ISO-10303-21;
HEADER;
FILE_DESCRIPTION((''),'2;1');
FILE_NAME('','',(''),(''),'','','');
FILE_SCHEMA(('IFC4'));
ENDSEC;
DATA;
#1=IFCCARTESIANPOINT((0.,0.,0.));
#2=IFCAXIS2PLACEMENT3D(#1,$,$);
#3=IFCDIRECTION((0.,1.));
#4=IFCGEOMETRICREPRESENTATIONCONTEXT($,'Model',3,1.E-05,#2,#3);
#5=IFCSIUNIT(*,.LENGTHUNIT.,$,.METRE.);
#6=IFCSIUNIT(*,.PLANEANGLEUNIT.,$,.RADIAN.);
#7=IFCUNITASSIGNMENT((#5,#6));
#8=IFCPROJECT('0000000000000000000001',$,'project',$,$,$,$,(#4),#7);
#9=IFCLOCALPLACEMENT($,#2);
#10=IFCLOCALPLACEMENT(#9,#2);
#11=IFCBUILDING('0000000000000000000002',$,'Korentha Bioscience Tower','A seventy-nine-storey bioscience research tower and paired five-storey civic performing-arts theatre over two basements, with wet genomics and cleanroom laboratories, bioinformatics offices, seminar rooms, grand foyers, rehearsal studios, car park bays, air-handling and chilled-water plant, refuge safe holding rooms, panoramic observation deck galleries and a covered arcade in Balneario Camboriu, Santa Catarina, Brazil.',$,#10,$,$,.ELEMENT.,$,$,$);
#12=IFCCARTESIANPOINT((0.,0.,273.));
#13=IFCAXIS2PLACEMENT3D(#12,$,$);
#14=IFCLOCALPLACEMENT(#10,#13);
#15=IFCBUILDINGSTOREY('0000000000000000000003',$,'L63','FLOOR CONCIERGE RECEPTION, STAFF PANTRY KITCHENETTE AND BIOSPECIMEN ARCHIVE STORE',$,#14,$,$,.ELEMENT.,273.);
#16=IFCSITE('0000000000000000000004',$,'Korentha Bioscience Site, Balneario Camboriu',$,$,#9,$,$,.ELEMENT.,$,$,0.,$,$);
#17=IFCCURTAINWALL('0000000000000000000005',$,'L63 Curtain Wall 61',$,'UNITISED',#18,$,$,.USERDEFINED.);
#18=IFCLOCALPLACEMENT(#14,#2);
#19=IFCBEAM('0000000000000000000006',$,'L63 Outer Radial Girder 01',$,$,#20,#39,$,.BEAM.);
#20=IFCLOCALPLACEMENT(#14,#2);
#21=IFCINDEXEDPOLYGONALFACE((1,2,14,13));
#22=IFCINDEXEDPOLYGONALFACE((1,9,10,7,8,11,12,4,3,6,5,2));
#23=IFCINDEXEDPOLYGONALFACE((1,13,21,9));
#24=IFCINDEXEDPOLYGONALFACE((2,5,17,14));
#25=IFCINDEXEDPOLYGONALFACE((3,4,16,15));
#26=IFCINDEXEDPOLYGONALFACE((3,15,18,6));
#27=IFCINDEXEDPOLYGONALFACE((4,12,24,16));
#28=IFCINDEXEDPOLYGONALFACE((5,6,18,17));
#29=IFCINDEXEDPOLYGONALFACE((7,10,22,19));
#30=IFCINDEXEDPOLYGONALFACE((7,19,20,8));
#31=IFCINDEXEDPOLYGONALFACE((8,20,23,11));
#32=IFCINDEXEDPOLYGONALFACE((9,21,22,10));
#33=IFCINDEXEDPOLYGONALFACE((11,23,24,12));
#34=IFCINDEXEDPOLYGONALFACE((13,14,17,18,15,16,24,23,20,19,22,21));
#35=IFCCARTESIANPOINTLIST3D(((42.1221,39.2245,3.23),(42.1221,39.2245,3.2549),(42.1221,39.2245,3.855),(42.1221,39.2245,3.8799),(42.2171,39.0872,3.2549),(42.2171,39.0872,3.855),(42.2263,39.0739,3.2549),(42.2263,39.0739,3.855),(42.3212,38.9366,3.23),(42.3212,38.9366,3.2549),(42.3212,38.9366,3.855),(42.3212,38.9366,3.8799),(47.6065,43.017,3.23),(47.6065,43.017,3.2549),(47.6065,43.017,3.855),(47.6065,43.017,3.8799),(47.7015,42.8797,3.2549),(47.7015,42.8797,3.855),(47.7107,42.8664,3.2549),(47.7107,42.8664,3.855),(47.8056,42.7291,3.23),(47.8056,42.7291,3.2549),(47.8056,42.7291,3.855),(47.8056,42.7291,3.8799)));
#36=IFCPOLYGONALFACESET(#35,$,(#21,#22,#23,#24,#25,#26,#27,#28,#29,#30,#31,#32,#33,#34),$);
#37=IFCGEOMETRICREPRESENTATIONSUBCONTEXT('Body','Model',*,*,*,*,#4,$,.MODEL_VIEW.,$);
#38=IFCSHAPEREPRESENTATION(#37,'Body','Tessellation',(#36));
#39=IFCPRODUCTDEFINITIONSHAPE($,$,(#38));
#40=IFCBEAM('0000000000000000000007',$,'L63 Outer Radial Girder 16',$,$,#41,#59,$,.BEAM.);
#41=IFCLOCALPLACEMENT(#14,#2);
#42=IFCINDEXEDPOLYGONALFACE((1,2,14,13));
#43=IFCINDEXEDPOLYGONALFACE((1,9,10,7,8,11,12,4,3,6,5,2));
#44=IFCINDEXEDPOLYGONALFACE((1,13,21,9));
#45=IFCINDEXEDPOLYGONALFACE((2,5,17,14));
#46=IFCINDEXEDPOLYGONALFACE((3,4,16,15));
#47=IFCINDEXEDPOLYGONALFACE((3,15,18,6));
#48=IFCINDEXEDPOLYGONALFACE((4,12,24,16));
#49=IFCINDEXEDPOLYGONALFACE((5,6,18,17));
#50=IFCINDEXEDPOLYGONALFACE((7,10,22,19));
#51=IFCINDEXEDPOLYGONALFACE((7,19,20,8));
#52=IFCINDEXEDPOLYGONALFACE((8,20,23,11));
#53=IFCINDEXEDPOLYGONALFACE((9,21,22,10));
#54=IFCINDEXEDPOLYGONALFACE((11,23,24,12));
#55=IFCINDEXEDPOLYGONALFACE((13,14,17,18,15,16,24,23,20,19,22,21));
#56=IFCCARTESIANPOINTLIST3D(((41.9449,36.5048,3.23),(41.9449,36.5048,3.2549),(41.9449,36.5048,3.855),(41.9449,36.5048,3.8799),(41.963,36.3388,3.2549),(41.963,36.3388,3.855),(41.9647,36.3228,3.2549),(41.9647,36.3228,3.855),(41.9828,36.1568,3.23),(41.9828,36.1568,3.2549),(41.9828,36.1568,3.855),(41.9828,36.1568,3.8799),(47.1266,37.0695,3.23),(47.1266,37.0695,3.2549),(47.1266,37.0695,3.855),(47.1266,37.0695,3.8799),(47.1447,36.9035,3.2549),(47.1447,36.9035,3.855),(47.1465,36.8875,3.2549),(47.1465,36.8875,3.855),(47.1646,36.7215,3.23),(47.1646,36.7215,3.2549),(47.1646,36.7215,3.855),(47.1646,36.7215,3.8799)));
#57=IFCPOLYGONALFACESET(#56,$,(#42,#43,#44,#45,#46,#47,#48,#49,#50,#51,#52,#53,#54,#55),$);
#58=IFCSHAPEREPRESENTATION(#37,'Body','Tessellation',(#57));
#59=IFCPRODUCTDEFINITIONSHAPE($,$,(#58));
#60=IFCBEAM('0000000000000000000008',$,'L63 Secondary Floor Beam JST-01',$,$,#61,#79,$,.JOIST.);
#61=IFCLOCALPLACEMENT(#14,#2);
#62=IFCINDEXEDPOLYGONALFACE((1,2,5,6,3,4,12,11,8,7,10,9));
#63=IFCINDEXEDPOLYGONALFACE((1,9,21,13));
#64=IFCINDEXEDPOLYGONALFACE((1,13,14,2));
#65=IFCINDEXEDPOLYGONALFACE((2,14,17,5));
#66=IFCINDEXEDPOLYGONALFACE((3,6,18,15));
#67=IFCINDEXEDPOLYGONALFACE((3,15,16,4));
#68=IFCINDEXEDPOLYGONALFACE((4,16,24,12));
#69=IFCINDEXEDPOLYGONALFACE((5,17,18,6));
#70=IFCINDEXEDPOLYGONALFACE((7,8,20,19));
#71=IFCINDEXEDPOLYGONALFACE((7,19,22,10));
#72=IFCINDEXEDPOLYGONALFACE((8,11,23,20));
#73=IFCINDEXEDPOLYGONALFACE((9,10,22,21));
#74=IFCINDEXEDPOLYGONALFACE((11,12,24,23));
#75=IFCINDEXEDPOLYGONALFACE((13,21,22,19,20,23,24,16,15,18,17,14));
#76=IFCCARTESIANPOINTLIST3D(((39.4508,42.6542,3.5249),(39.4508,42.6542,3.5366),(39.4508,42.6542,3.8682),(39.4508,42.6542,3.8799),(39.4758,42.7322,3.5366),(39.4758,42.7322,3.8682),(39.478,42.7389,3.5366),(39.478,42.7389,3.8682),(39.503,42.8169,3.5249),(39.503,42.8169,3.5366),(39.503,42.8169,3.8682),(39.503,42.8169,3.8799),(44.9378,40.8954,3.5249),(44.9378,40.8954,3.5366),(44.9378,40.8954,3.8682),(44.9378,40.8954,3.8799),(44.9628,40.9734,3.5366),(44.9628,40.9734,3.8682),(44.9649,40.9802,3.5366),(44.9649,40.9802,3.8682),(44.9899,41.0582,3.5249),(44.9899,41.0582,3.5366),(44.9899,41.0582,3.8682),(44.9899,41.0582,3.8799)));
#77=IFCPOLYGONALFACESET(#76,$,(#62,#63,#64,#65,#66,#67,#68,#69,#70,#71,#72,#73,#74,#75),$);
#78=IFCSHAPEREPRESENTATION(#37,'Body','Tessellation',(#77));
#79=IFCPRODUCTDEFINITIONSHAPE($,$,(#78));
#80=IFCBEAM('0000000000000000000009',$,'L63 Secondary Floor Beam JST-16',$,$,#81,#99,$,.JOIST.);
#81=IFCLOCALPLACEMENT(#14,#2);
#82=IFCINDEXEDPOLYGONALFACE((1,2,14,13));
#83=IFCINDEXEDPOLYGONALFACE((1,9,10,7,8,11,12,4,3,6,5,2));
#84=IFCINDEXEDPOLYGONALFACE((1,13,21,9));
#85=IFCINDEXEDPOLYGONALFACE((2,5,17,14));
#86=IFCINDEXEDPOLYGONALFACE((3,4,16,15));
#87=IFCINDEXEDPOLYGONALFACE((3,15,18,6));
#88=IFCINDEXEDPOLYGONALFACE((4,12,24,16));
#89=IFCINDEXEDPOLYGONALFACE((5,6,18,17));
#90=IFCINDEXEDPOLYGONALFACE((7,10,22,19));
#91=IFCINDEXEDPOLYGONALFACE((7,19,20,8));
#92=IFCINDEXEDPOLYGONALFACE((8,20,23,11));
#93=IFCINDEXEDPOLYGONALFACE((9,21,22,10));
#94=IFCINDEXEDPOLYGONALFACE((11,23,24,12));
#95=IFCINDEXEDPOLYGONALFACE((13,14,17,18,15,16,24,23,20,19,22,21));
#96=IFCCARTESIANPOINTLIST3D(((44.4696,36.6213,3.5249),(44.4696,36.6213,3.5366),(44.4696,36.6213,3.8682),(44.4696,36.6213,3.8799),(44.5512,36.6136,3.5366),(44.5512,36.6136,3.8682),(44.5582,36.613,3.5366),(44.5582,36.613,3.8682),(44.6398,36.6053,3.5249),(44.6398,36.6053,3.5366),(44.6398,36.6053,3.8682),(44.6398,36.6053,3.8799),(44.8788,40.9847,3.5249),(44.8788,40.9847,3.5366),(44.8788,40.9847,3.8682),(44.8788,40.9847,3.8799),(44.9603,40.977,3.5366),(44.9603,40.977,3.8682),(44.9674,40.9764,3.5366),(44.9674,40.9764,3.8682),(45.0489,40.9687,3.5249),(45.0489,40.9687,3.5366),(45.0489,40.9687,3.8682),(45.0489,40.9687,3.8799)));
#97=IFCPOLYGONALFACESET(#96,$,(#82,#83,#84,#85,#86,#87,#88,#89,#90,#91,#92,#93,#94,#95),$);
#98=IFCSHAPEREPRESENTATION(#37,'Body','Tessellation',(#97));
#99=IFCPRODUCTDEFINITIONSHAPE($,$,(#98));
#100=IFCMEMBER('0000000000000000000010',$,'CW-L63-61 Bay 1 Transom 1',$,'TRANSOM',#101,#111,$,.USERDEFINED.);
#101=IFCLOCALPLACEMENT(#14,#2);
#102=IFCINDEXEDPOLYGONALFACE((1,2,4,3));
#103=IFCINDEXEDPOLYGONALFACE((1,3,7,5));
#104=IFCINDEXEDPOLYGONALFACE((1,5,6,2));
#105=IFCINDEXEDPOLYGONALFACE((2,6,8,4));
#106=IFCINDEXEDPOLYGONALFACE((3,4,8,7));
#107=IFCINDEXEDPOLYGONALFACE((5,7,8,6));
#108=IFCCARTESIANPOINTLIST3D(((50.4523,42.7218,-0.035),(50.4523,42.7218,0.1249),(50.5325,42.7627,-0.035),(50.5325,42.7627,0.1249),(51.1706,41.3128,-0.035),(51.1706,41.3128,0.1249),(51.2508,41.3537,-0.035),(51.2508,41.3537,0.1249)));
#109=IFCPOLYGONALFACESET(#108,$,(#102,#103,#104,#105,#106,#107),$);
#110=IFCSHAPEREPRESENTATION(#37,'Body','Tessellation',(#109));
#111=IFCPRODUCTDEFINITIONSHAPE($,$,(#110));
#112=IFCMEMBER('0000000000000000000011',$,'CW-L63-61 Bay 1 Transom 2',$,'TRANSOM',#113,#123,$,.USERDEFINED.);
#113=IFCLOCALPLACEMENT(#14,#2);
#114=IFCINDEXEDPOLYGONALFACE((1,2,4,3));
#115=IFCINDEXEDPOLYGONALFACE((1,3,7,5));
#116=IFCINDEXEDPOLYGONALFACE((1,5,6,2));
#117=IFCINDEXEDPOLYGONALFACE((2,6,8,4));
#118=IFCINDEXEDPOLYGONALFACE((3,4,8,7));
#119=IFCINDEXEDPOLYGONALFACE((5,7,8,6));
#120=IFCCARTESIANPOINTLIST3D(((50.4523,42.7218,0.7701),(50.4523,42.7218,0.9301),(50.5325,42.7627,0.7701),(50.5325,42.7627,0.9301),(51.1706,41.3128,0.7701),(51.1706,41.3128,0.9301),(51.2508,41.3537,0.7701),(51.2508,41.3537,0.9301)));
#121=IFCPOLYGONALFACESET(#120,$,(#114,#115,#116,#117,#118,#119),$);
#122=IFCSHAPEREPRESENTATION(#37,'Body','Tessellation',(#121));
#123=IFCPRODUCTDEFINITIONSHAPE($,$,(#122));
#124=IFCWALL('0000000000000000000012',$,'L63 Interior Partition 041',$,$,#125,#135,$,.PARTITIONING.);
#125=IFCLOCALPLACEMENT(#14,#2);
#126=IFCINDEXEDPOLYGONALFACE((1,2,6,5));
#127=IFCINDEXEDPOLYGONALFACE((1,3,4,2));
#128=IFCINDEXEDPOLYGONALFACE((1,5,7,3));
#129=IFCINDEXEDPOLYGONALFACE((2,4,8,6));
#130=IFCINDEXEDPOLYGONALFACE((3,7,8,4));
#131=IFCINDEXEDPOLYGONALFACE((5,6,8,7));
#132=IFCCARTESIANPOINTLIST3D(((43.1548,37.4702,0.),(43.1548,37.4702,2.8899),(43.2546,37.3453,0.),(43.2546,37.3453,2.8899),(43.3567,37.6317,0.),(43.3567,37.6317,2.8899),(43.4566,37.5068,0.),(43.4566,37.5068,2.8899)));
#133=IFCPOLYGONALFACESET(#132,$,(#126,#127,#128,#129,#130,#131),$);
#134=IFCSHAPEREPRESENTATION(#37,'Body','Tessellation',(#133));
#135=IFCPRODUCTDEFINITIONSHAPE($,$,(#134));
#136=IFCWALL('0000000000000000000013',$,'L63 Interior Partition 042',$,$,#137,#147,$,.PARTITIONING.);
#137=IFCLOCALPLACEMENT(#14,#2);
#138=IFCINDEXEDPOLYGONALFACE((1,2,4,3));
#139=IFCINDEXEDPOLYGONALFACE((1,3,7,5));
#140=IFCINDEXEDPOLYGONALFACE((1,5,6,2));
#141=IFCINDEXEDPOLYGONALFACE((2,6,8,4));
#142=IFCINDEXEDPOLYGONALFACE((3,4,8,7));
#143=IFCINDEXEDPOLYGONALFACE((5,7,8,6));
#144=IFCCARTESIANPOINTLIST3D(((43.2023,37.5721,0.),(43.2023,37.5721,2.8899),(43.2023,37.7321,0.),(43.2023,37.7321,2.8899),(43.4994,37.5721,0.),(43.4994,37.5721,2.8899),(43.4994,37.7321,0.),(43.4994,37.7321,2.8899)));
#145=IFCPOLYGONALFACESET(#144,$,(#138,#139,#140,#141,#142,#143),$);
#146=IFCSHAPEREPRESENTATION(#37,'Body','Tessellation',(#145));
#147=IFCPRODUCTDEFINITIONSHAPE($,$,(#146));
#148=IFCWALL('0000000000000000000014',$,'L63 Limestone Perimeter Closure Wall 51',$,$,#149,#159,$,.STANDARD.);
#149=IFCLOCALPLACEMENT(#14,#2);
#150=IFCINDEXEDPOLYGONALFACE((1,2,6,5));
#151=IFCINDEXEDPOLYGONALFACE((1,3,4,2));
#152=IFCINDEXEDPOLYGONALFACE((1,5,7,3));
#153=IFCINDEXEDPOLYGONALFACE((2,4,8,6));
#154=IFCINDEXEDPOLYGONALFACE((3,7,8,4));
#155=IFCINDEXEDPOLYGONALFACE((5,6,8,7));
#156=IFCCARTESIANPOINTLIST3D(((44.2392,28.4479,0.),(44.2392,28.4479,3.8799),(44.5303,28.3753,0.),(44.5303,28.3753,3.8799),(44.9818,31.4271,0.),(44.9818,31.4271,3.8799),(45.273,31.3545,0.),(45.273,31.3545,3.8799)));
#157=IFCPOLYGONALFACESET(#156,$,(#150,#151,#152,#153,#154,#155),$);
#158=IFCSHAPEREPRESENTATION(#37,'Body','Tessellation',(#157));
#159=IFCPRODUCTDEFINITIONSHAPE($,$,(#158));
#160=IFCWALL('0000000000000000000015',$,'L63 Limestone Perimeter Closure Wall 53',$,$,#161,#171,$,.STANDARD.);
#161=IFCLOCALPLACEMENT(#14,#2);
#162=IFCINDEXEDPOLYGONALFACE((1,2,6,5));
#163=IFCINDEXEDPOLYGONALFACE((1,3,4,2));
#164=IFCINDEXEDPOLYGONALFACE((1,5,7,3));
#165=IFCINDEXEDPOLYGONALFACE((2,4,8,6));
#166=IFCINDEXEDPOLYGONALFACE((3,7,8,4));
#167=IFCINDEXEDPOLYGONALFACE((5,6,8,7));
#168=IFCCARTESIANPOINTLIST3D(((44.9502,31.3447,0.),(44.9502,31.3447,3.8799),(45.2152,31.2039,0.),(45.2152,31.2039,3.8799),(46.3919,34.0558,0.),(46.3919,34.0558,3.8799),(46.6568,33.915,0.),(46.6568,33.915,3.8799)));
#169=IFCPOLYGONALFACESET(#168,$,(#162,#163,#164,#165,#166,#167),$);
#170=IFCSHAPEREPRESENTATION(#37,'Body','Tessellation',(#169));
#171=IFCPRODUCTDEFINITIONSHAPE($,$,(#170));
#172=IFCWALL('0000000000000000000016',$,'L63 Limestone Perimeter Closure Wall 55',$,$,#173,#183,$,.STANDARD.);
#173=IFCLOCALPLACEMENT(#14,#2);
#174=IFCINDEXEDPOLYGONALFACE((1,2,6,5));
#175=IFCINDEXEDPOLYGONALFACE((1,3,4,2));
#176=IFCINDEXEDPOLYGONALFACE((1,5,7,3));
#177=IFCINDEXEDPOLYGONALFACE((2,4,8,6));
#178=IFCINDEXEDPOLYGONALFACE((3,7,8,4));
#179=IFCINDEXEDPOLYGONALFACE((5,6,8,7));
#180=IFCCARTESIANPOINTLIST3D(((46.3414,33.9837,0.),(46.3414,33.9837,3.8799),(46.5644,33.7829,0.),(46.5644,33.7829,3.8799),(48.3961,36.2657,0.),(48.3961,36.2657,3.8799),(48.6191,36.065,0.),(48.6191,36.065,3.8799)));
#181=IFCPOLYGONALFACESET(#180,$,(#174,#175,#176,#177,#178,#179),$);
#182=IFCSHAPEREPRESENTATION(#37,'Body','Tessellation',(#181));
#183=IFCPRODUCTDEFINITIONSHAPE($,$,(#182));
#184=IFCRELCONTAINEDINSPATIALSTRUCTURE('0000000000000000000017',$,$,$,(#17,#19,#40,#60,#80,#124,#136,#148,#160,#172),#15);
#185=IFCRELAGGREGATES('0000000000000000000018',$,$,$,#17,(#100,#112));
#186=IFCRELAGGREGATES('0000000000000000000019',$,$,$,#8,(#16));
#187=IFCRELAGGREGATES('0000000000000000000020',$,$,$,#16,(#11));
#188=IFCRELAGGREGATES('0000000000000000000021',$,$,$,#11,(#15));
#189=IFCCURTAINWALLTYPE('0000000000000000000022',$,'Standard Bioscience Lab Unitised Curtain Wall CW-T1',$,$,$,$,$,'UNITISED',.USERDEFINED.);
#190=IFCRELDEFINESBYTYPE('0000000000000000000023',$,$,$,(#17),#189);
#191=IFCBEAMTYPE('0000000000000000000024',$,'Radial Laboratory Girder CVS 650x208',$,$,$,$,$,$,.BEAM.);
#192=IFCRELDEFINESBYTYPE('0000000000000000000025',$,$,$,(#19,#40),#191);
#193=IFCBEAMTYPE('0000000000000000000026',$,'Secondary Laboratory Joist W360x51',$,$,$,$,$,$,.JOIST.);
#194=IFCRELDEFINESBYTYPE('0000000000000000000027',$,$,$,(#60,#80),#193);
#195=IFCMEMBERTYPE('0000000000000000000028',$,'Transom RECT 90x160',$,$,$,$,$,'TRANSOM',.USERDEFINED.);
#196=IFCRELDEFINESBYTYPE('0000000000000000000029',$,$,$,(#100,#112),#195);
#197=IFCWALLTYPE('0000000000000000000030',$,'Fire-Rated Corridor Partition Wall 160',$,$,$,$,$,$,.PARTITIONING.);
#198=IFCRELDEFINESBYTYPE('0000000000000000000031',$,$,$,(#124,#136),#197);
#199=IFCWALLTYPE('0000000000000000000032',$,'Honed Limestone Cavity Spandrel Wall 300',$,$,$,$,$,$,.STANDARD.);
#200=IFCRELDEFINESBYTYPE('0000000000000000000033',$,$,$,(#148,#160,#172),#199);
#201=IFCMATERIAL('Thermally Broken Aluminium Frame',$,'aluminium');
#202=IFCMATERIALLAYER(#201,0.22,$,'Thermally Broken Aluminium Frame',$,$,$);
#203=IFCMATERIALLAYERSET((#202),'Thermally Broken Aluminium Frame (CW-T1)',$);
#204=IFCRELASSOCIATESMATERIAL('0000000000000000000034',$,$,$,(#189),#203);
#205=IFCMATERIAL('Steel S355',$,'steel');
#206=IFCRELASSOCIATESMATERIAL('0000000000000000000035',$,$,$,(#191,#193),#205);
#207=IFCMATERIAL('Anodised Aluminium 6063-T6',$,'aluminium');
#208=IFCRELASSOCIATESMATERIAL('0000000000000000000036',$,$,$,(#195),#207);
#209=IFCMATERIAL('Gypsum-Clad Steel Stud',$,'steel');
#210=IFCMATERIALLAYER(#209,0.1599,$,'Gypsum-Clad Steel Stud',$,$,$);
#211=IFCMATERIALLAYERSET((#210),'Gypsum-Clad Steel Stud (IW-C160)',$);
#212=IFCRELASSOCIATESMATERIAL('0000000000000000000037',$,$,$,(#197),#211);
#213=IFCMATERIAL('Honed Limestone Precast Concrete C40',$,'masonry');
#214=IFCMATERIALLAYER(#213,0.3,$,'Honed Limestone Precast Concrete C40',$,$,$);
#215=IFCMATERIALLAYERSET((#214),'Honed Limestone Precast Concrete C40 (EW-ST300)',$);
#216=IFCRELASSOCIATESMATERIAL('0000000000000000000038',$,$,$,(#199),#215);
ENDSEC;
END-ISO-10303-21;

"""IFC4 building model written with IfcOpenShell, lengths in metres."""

from ifc_helpers import new_model, si_unit, direction, frame, frame_2d, origin, origin_2d, place, context, subcontext, project, spatial, rectangle, i_section, extrude, material, layer, layer_set, material_profile, profile_set, type_object, element, aggregate, save


model = new_model("IFC4")

# Units and contexts
model_context = context("Model", 3, precision=1e-05, world=origin(), true_north=direction((0.0, 1.0)))
body_context = subcontext(model_context, "Body", "Model", "MODEL_VIEW")
ifc_project = project(units=[si_unit("LENGTHUNIT", "METRE"), si_unit("PLANEANGLEUNIT", "RADIAN")], contexts=[model_context])

# Site, building, storey
site_placement = place(None, origin())
site = spatial("IfcSite", under=ifc_project, at=site_placement, Name="Korentha Bioscience Site, Balneario Camboriu", CompositionType="ELEMENT", RefElevation=0.0)
building_placement = place(site_placement, origin())
building = spatial("IfcBuilding", under=site, at=building_placement, Name="Korentha Bioscience Tower", Description="A seventy-nine-storey bioscience research tower and paired five-storey civic performing-arts theatre over two basements, with wet genomics and cleanroom laboratories, bioinformatics offices, seminar rooms, grand foyers, rehearsal studios, car park bays, air-handling and chilled-water plant, refuge safe holding rooms, panoramic observation deck galleries and a covered arcade in Balneario Camboriu, Santa Catarina, Brazil.", CompositionType="ELEMENT")
storey_placement = place(building_placement, frame((0.0, 0.0, 273.0)))
storey = spatial("IfcBuildingStorey", under=building, at=storey_placement, Name="L63", Description="FLOOR CONCIERGE RECEPTION, STAFF PANTRY KITCHENETTE AND BIOSPECIMEN ARCHIVE STORE", CompositionType="ELEMENT", Elevation=273.0)

# Shared definitions
ifc_material_1 = material(Name="Steel S355", Category="steel")

# Curtain wall
ifc_material_2 = material(Name="Thermally Broken Aluminium Frame", Category="aluminium")
ifc_layer_1 = layer(ifc_material_2, 0.22, Name="Thermally Broken Aluminium Frame")
ifc_layer_set_1 = layer_set([ifc_layer_1], Name="Thermally Broken Aluminium Frame (CW-T1)")
curtain_wall_type = type_object("IfcCurtainWallType", Name="Standard Bioscience Lab Unitised Curtain Wall CW-T1", ElementType="UNITISED", PredefinedType="USERDEFINED", material=ifc_layer_set_1)
curtain_wall_placement = place(storey_placement, origin())
curtain_wall = element("IfcCurtainWall", 1, at=curtain_wall_placement, inside=storey, type_object=curtain_wall_type, Name="L63 Curtain Wall 61", ObjectType="UNITISED", PredefinedType="USERDEFINED")
ifc_material_3 = material(Name="Anodised Aluminium 6063-T6", Category="aluminium")

# Beams
ifc_material_profile_1 = material_profile(ifc_material_1, i_section(OverallWidth=0.3501, OverallDepth=0.6499, WebThickness=0.0161, FlangeThickness=0.0249, at=origin_2d()), Name="Steel S355")
ifc_profile_set_1 = profile_set([ifc_material_profile_1], Name="Steel S355 (RB-650)")
beam_type_1 = type_object("IfcBeamType", Name="Radial Laboratory Girder CVS 650x208", PredefinedType="BEAM", material=ifc_profile_set_1)
beam_1_placement = place(storey_placement, frame((42.2217, 39.0806, 3.5549), z_axis=(0.822501, 0.568764, 0.0), x_axis=(-0.568764, 0.822501, 0.0)))
element("IfcBeam", 2, at=beam_1_placement, inside=storey, type_object=beam_type_1, Name="L63 Outer Radial Girder 01", PredefinedType="BEAM", context=body_context, shape_type="SweptSolid", body=[
    extrude(i_section(OverallWidth=0.3501, OverallDepth=0.6499, WebThickness=0.0161, FlangeThickness=0.0249, at=origin_2d()), origin(), (0.0, 0.0, 1.0), 6.668),
])
beam_2_placement = place(storey_placement, frame((41.9639, 36.3308, 3.5549), z_axis=(0.994114, 0.108339, 0.0), x_axis=(-0.108339, 0.994114, 0.0)))
element("IfcBeam", 3, at=beam_2_placement, inside=storey, type_object=beam_type_1, Name="L63 Outer Radial Girder 16", PredefinedType="BEAM", context=body_context, shape_type="SweptSolid", body=[
    extrude(i_section(OverallWidth=0.3501, OverallDepth=0.6499, WebThickness=0.0161, FlangeThickness=0.0249, at=origin_2d()), origin(), (0.0, 0.0, 1.0), 5.2124),
])
ifc_material_profile_2 = material_profile(ifc_material_1, i_section(OverallWidth=0.1709, OverallDepth=0.355, WebThickness=0.0071, FlangeThickness=0.0117, at=origin_2d()), Name="Steel S355")
ifc_profile_set_2 = profile_set([ifc_material_profile_2], Name="Steel S355 (JB-360)")
beam_type_2 = type_object("IfcBeamType", Name="Secondary Laboratory Joist W360x51", PredefinedType="JOIST", material=ifc_profile_set_2)
beam_3_placement = place(storey_placement, frame((44.9639, 40.9768, 3.7024), z_axis=(-0.952276, 0.305237, 0.0), x_axis=(-0.305237, -0.952276, 0.0)))
element("IfcBeam", 4, at=beam_3_placement, inside=storey, type_object=beam_type_2, Name="L63 Secondary Floor Beam JST-01", PredefinedType="JOIST", context=body_context, shape_type="SweptSolid", body=[
    extrude(i_section(OverallWidth=0.1709, OverallDepth=0.355, WebThickness=0.0071, FlangeThickness=0.0117, at=origin_2d()), origin(), (0.0, 0.0, 1.0), 5.762),
])
beam_4_placement = place(storey_placement, frame((44.5547, 36.6133, 3.7024), z_axis=(0.093363, 0.995632, 0.0), x_axis=(-0.995632, 0.093363, 0.0)))
element("IfcBeam", 5, at=beam_4_placement, inside=storey, type_object=beam_type_2, Name="L63 Secondary Floor Beam JST-16", PredefinedType="JOIST", context=body_context, shape_type="SweptSolid", body=[
    extrude(i_section(OverallWidth=0.1709, OverallDepth=0.355, WebThickness=0.0071, FlangeThickness=0.0117, at=origin_2d()), origin(), (0.0, 0.0, 1.0), 4.3826),
])

# Members
ifc_material_profile_3 = material_profile(ifc_material_3, rectangle(XDim=0.0901, YDim=0.1599, at=origin_2d()), Name="Anodised Aluminium 6063-T6")
ifc_profile_set_3 = profile_set([ifc_material_profile_3], Name="Anodised Aluminium 6063-T6 (CW-TRN)")
member_type_1 = type_object("IfcMemberType", Name="Transom RECT 90x160", ElementType="TRANSOM", PredefinedType="USERDEFINED", material=ifc_profile_set_3)
member_1_placement = place(storey_placement, frame((51.2107, 41.3333, 0.0449), z_axis=(-0.454178, 0.890911, 0.0), x_axis=(-0.890911, -0.454178, 0.0)))
member_1 = element("IfcMember", 6, at=member_1_placement, type_object=member_type_1, Name="CW-L63-61 Bay 1 Transom 1", ObjectType="TRANSOM", PredefinedType="USERDEFINED", context=body_context, shape_type="SweptSolid", body=[
    extrude(rectangle(XDim=0.0901, YDim=0.1599, at=origin_2d()), origin(), (0.0, 0.0, 1.0), 1.5815),
])
member_2_placement = place(storey_placement, frame((51.2107, 41.3333, 0.8501), z_axis=(-0.454178, 0.890911, 0.0), x_axis=(-0.890911, -0.454178, 0.0)))
member_2 = element("IfcMember", 7, at=member_2_placement, type_object=member_type_1, Name="CW-L63-61 Bay 1 Transom 2", ObjectType="TRANSOM", PredefinedType="USERDEFINED", context=body_context, shape_type="SweptSolid", body=[
    extrude(rectangle(XDim=0.0901, YDim=0.1599, at=origin_2d()), origin(), (0.0, 0.0, 1.0), 1.5815),
])
aggregate(curtain_wall, [member_1, member_2])

# Walls
ifc_material_4 = material(Name="Gypsum-Clad Steel Stud", Category="steel")
ifc_layer_2 = layer(ifc_material_4, 0.1599, Name="Gypsum-Clad Steel Stud")
ifc_layer_set_2 = layer_set([ifc_layer_2], Name="Gypsum-Clad Steel Stud (IW-C160)")
wall_type_1 = type_object("IfcWallType", Name="Fire-Rated Corridor Partition Wall 160", PredefinedType="PARTITIONING", material=ifc_layer_set_2)
wall_1_placement = place(storey_placement, frame((43.2046, 37.4077, 0.0), z_axis=(0.0, 0.0, 1.0), x_axis=(0.781145, 0.624349, 0.0)))
element("IfcWall", 8, at=wall_1_placement, inside=storey, type_object=wall_type_1, Name="L63 Interior Partition 041", PredefinedType="PARTITIONING", context=body_context, shape_type="SweptSolid", body=[
    extrude(rectangle(XDim=0.2585, YDim=0.1599, at=frame_2d((0.1294, 0.0))), origin(), (0.0, 0.0, 1.0), 2.8899),
])
wall_2_placement = place(storey_placement, frame((43.4993, 37.6521, 0.0), z_axis=(0.0, 0.0, 1.0), x_axis=(-1.0, 0.0, 0.0)))
element("IfcWall", 9, at=wall_2_placement, inside=storey, type_object=wall_type_1, Name="L63 Interior Partition 042", PredefinedType="PARTITIONING", context=body_context, shape_type="SweptSolid", body=[
    extrude(rectangle(XDim=0.2971, YDim=0.1599, at=frame_2d((0.1484, 0.0))), origin(), (0.0, 0.0, 1.0), 2.8899),
])
ifc_material_5 = material(Name="Honed Limestone Precast Concrete C40", Category="masonry")
ifc_layer_3 = layer(ifc_material_5, 0.3, Name="Honed Limestone Precast Concrete C40")
ifc_layer_set_3 = layer_set([ifc_layer_3], Name="Honed Limestone Precast Concrete C40 (EW-ST300)")
wall_type_2 = type_object("IfcWallType", Name="Honed Limestone Cavity Spandrel Wall 300", PredefinedType="STANDARD", material=ifc_layer_set_3)
wall_3_placement = place(storey_placement, frame((44.3848, 28.4116, 0.0), z_axis=(0.0, 0.0, 1.0), x_axis=(0.241881, 0.970306, 0.0)))
element("IfcWall", 10, at=wall_3_placement, inside=storey, type_object=wall_type_2, Name="L63 Limestone Perimeter Closure Wall 51", PredefinedType="STANDARD", context=body_context, shape_type="SweptSolid", body=[
    extrude(rectangle(XDim=3.0703, YDim=0.3, at=frame_2d((1.5352, 0.0))), origin(), (0.0, 0.0, 1.0), 3.8799),
])
wall_4_placement = place(storey_placement, frame((45.0828, 31.2744, 0.0), z_axis=(0.0, 0.0, 1.0), x_axis=(0.469494, 0.882936, 0.0)))
element("IfcWall", 11, at=wall_4_placement, inside=storey, type_object=wall_type_2, Name="L63 Limestone Perimeter Closure Wall 53", PredefinedType="STANDARD", context=body_context, shape_type="SweptSolid", body=[
    extrude(rectangle(XDim=3.0706, YDim=0.3, at=frame_2d((1.5352, 0.0))), origin(), (0.0, 0.0, 1.0), 3.8799),
])
wall_5_placement = place(storey_placement, frame((46.4529, 33.8833, 0.0), z_axis=(0.0, 0.0, 1.0), x_axis=(0.669127, 0.743148, 0.0)))
element("IfcWall", 12, at=wall_5_placement, inside=storey, type_object=wall_type_2, Name="L63 Limestone Perimeter Closure Wall 55", PredefinedType="STANDARD", context=body_context, shape_type="SweptSolid", body=[
    extrude(rectangle(XDim=3.0708, YDim=0.3, at=frame_2d((1.5354, 0.0))), origin(), (0.0, 0.0, 1.0), 3.8799),
])

save(model, "model.ifc")
